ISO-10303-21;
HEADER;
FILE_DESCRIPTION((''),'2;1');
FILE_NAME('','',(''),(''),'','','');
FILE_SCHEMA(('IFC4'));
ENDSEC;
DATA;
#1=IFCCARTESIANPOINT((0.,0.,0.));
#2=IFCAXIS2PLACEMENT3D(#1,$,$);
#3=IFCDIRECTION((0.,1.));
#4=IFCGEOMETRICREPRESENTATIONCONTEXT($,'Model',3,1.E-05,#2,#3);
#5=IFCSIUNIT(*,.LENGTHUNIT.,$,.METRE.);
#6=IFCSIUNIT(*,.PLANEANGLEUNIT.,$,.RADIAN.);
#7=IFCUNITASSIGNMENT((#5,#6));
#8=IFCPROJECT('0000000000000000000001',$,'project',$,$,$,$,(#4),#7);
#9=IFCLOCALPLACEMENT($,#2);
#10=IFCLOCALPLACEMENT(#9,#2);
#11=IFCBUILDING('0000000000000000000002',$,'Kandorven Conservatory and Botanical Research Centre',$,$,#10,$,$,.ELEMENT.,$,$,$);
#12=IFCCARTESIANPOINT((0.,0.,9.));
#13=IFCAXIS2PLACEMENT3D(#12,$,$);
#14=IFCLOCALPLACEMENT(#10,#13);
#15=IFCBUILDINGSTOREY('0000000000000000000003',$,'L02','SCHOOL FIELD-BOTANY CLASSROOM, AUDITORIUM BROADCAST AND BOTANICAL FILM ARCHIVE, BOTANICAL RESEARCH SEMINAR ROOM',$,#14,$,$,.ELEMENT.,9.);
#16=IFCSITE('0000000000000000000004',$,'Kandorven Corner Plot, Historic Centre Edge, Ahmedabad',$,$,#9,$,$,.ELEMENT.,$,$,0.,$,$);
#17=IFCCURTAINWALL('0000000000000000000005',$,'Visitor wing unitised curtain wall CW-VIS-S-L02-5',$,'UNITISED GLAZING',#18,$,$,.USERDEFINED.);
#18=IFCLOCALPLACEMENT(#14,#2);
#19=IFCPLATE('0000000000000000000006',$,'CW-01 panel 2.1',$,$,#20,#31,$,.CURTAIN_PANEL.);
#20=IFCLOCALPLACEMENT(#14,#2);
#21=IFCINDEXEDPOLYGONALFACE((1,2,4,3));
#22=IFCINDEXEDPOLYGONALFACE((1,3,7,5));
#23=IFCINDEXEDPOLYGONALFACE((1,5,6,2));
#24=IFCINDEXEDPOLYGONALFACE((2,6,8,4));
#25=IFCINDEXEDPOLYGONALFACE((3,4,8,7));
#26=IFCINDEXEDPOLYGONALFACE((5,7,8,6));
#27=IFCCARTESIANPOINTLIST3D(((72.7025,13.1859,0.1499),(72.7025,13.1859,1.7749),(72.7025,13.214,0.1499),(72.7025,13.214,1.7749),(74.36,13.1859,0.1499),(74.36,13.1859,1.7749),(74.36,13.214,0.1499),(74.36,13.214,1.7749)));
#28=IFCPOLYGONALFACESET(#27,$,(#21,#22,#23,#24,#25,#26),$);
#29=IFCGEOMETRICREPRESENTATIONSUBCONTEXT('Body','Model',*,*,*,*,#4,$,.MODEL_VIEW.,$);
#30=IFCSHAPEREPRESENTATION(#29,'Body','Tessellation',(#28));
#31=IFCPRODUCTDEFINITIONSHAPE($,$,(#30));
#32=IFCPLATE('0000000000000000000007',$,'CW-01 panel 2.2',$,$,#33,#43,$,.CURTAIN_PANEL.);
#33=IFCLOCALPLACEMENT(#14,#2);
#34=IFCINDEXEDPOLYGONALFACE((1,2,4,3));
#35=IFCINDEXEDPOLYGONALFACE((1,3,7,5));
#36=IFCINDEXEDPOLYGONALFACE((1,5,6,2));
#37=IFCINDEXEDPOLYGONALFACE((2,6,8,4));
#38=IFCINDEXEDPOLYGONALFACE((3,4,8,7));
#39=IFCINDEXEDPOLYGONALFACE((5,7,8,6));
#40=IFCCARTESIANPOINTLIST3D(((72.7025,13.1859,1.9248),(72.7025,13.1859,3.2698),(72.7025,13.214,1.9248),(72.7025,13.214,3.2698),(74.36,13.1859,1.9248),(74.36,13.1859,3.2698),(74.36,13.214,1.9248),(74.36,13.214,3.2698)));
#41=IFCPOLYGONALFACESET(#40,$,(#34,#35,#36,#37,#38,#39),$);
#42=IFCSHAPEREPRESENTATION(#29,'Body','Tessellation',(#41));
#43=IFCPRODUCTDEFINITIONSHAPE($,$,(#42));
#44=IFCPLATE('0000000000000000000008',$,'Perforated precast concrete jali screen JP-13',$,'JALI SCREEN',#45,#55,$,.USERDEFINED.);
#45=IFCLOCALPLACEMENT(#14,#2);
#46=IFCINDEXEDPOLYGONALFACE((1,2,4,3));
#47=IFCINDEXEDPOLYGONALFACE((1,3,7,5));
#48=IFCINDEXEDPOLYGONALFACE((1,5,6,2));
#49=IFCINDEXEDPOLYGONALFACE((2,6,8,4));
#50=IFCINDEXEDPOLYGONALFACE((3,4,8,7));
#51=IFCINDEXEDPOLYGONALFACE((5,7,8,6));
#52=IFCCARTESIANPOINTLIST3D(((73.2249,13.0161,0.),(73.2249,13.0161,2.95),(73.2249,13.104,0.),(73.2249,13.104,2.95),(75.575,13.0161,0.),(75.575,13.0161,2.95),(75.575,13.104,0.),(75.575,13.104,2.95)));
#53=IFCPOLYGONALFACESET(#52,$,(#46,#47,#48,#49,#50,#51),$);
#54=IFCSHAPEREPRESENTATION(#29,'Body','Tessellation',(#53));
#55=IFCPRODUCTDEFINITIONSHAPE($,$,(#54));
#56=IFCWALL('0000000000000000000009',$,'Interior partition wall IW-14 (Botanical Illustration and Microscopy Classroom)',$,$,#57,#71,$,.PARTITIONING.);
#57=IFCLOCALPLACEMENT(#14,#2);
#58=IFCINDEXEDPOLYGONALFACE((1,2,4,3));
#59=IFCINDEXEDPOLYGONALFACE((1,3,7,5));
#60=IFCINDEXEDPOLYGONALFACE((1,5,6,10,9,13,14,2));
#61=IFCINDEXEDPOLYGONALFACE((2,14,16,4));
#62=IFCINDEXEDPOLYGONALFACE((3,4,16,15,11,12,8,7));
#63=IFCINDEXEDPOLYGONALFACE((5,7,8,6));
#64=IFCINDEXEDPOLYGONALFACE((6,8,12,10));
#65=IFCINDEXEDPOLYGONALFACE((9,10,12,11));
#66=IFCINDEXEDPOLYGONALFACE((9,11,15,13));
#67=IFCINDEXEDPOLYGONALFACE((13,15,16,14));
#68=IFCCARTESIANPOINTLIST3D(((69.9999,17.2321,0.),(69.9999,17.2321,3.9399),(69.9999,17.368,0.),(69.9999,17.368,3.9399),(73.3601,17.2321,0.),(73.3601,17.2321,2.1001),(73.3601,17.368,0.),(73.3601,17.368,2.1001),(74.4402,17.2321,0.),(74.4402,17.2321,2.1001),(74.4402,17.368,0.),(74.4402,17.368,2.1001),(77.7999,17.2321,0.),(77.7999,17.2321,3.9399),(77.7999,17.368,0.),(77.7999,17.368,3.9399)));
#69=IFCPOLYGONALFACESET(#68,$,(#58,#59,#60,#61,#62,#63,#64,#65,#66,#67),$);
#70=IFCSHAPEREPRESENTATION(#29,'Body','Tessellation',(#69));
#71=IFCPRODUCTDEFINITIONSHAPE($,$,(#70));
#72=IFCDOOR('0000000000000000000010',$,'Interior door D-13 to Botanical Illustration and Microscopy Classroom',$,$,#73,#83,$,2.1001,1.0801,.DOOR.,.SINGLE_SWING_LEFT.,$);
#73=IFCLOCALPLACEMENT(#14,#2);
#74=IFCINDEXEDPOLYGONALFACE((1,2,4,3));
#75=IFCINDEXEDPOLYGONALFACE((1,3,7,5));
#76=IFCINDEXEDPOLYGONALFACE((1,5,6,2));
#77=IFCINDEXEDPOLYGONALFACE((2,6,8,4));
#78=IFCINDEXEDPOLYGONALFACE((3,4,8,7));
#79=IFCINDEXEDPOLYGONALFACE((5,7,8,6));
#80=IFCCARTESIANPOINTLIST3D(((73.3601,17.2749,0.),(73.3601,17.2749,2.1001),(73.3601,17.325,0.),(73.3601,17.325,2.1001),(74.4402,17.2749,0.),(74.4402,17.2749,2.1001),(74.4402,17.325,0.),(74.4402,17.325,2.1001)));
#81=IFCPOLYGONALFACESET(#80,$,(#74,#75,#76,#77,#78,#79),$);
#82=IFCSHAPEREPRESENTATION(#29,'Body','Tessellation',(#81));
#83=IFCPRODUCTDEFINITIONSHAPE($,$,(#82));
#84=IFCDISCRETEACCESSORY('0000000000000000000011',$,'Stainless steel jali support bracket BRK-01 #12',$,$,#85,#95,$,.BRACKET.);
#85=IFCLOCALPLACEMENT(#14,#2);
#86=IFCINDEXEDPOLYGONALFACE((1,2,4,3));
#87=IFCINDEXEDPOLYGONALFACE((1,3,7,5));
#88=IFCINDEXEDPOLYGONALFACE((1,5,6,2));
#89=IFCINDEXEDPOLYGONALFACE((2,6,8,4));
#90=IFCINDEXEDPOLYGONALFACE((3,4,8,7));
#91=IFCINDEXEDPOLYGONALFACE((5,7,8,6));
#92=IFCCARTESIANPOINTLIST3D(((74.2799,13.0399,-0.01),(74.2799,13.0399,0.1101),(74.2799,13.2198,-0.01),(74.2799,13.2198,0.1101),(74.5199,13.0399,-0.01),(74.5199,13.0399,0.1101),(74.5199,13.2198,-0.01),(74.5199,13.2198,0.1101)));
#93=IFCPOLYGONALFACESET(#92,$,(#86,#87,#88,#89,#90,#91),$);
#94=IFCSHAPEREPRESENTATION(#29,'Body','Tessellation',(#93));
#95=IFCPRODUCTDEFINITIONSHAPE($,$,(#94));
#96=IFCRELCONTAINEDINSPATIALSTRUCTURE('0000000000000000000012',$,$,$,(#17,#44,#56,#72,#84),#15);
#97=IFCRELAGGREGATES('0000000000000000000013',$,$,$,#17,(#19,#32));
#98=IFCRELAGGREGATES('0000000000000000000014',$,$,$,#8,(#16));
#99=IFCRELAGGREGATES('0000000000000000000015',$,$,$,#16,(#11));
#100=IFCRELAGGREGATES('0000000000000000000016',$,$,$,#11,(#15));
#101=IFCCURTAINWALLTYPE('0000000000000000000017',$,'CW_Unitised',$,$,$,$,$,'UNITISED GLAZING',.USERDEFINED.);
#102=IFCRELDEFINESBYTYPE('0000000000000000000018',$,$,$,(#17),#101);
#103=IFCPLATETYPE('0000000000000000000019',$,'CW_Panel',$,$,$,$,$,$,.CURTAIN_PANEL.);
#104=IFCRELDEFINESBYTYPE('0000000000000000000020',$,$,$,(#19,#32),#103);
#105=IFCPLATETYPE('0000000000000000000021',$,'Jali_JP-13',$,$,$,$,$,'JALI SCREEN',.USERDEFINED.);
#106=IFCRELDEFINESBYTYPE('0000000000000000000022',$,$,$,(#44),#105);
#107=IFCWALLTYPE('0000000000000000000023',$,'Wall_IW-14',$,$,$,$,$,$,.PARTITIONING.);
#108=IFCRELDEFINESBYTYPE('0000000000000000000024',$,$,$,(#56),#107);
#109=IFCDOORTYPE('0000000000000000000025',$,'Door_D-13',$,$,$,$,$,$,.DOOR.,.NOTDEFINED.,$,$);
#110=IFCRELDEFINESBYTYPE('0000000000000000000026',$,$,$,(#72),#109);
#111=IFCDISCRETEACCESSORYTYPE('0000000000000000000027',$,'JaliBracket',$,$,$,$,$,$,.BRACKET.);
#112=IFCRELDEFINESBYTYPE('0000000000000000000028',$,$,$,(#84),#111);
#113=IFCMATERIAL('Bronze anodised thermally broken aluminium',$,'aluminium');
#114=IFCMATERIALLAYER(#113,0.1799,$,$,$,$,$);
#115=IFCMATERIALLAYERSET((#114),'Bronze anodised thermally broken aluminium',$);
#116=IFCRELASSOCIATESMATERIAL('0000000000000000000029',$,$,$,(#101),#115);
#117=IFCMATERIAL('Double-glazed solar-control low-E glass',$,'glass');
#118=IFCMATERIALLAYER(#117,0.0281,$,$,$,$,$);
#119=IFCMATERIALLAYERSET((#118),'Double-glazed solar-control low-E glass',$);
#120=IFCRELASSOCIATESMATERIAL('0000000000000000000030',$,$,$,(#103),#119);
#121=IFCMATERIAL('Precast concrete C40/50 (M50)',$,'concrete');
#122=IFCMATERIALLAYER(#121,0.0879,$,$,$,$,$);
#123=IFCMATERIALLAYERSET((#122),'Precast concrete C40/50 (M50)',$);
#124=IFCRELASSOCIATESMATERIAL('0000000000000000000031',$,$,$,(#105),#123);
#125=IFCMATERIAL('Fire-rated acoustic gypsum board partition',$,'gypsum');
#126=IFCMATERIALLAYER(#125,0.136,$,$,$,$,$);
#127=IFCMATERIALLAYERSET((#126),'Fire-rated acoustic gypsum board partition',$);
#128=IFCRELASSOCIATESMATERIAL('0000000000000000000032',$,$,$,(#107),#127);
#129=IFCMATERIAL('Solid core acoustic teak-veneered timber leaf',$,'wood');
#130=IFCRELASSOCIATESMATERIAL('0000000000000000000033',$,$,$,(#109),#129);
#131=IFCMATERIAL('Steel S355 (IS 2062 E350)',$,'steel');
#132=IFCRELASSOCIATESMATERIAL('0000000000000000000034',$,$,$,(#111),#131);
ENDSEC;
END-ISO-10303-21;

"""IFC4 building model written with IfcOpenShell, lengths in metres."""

from ifc_helpers import new_model, si_unit, direction, frame, frame_2d, origin, origin_2d, place, context, subcontext, project, spatial, rectangle, extrude, material, layer, layer_set, type_object, element, fill, aggregate, save


model = new_model("IFC4")

# Units and contexts
model_context = context("Model", 3, precision=1e-05, world=origin(), true_north=direction((0.0, 1.0)))
body_context = subcontext(model_context, "Body", "Model", "MODEL_VIEW")
ifc_project = project(units=[si_unit("LENGTHUNIT", "METRE"), si_unit("PLANEANGLEUNIT", "RADIAN")], contexts=[model_context])

# Site, building, storey
site_placement = place(None, origin())
site = spatial("IfcSite", under=ifc_project, at=site_placement, Name="Kandorven Corner Plot, Historic Centre Edge, Ahmedabad", CompositionType="ELEMENT", RefElevation=0.0)
building_placement = place(site_placement, origin())
building = spatial("IfcBuilding", under=site, at=building_placement, Name="Kandorven Conservatory and Botanical Research Centre", CompositionType="ELEMENT")
storey_placement = place(building_placement, frame((0.0, 0.0, 9.0)))
storey = spatial("IfcBuildingStorey", under=building, at=storey_placement, Name="L02", Description="SCHOOL FIELD-BOTANY CLASSROOM, AUDITORIUM BROADCAST AND BOTANICAL FILM ARCHIVE, BOTANICAL RESEARCH SEMINAR ROOM", CompositionType="ELEMENT", Elevation=9.0)

# Shared definitions
ifc_material_1 = material(Name="Bronze anodised thermally broken aluminium", Category="aluminium")
ifc_layer_1 = layer(ifc_material_1, 0.1799)
ifc_layer_set_1 = layer_set([ifc_layer_1], Name="Bronze anodised thermally broken aluminium")
curtain_wall_type = type_object("IfcCurtainWallType", Name="CW_Unitised", ElementType="UNITISED GLAZING", PredefinedType="USERDEFINED", material=ifc_layer_set_1)

# Curtain wall
curtain_wall_1_placement = place(storey_placement, origin())
curtain_wall_1 = element("IfcCurtainWall", 1, at=curtain_wall_1_placement, inside=storey, type_object=curtain_wall_type, Name="Visitor wing unitised curtain wall CW-VIS-S-L02-5", ObjectType="UNITISED GLAZING", PredefinedType="USERDEFINED")

# Plates
ifc_material_2 = material(Name="Double-glazed solar-control low-E glass", Category="glass")
ifc_layer_2 = layer(ifc_material_2, 0.0281)
ifc_layer_set_2 = layer_set([ifc_layer_2], Name="Double-glazed solar-control low-E glass")
plate_type_1 = type_object("IfcPlateType", Name="CW_Panel", PredefinedType="CURTAIN_PANEL", material=ifc_layer_set_2)
plate_1_placement = place(storey_placement, frame((73.5312, 13.2, 0.1499), z_axis=(0.0, 0.0, 1.0), x_axis=(1.0, 0.0, 0.0)))
plate_1 = element("IfcPlate", 2, at=plate_1_placement, type_object=plate_type_1, Name="CW-01 panel 2.1", PredefinedType="CURTAIN_PANEL", context=body_context, shape_type="SweptSolid", body=[
    extrude(rectangle(XDim=1.6575, YDim=0.0281, at=origin_2d()), origin(), (0.0, 0.0, 1.0), 1.625),
])
plate_2_placement = place(storey_placement, frame((73.5312, 13.2, 1.9248), z_axis=(0.0, 0.0, 1.0), x_axis=(1.0, 0.0, 0.0)))
plate_2 = element("IfcPlate", 3, at=plate_2_placement, type_object=plate_type_1, Name="CW-01 panel 2.2", PredefinedType="CURTAIN_PANEL", context=body_context, shape_type="SweptSolid", body=[
    extrude(rectangle(XDim=1.6575, YDim=0.0281, at=origin_2d()), origin(), (0.0, 0.0, 1.0), 1.345),
])
aggregate(curtain_wall_1, [plate_1, plate_2])
ifc_material_3 = material(Name="Precast concrete C40/50 (M50)", Category="concrete")
ifc_layer_3 = layer(ifc_material_3, 0.0879)
ifc_layer_set_3 = layer_set([ifc_layer_3], Name="Precast concrete C40/50 (M50)")
plate_type_2 = type_object("IfcPlateType", Name="Jali_JP-13", ElementType="JALI SCREEN", PredefinedType="USERDEFINED", material=ifc_layer_set_3)
plate_3_placement = place(storey_placement, frame((74.3999, 13.0601, 0.0), z_axis=(0.0, 0.0, 1.0), x_axis=(1.0, 0.0, 0.0)))
element("IfcPlate", 4, at=plate_3_placement, inside=storey, type_object=plate_type_2, Name="Perforated precast concrete jali screen JP-13", ObjectType="JALI SCREEN", PredefinedType="USERDEFINED", context=body_context, shape_type="SweptSolid", body=[
    extrude(rectangle(XDim=2.3501, YDim=0.0879, at=origin_2d()), origin(), (0.0, 0.0, 1.0), 2.95),
])

# Wall, opening, door
ifc_material_4 = material(Name="Fire-rated acoustic gypsum board partition", Category="gypsum")
ifc_layer_4 = layer(ifc_material_4, 0.136)
ifc_layer_set_4 = layer_set([ifc_layer_4], Name="Fire-rated acoustic gypsum board partition")
wall_type = type_object("IfcWallType", Name="Wall_IW-14", PredefinedType="PARTITIONING", material=ifc_layer_set_4)
wall_placement = place(storey_placement, frame((70.0, 17.3, 0.0), z_axis=(0.0, 0.0, 1.0), x_axis=(1.0, 0.0, 0.0)))
wall = element("IfcWall", 5, at=wall_placement, inside=storey, type_object=wall_type, Name="Interior partition wall IW-14 (Botanical Illustration and Microscopy Classroom)", PredefinedType="PARTITIONING", context=body_context, shape_type="SweptSolid", body=[
    extrude(rectangle(XDim=7.8, YDim=0.136, at=frame_2d((3.8999, 0.0))), origin(), (0.0, 0.0, 1.0), 3.9399),
])
opening_placement = place(wall_placement, frame((3.3601, 0.0, 0.0)))
opening = element("IfcOpeningElement", 6, at=opening_placement, cuts=wall, PredefinedType="OPENING", context=body_context, shape_type="SweptSolid", body=[
    extrude(rectangle(XDim=1.0801, YDim=2.1001, at=frame_2d((0.54, 1.05))), frame((0.0, 0.0779, 0.0), z_axis=(0.0, -1.0, 0.0), x_axis=(1.0, 0.0, 0.0)), (0.0, 0.0, 1.0), 0.156),
])
ifc_material_5 = material(Name="Solid core acoustic teak-veneered timber leaf", Category="wood")
door_type = type_object("IfcDoorType", Name="Door_D-13", OperationType="NOTDEFINED", PredefinedType="DOOR", material=ifc_material_5)
door_placement = place(opening_placement, origin())
door = element("IfcDoor", 7, at=door_placement, inside=storey, type_object=door_type, Name="Interior door D-13 to Botanical Illustration and Microscopy Classroom", OperationType="SINGLE_SWING_LEFT", OverallHeight=2.1001, OverallWidth=1.0801, PredefinedType="DOOR", context=body_context, shape_type="SweptSolid", body=[
    extrude(rectangle(XDim=1.0801, YDim=2.1001, at=frame_2d((0.54, 1.05))), frame((0.0, 0.0249, 0.0), z_axis=(0.0, -1.0, 0.0), x_axis=(1.0, 0.0, 0.0)), (0.0, 0.0, 1.0), 0.05),
])
fill(opening, door)

# Discrete accessory
ifc_material_6 = material(Name="Steel S355 (IS 2062 E350)", Category="steel")
discrete_accessory_type = type_object("IfcDiscreteAccessoryType", Name="JaliBracket", PredefinedType="BRACKET", material=ifc_material_6)
discrete_accessory_placement = place(storey_placement, frame((74.3999, 13.1299, -0.01), z_axis=(0.0, 0.0, 1.0), x_axis=(1.0, 0.0, 0.0)))
element("IfcDiscreteAccessory", 8, at=discrete_accessory_placement, inside=storey, type_object=discrete_accessory_type, Name="Stainless steel jali support bracket BRK-01 #12", PredefinedType="BRACKET", context=body_context, shape_type="SweptSolid", body=[
    extrude(rectangle(XDim=0.24, YDim=0.1799, at=origin_2d()), origin(), (0.0, 0.0, 1.0), 0.1201),
])

save(model, "model.ifc")
